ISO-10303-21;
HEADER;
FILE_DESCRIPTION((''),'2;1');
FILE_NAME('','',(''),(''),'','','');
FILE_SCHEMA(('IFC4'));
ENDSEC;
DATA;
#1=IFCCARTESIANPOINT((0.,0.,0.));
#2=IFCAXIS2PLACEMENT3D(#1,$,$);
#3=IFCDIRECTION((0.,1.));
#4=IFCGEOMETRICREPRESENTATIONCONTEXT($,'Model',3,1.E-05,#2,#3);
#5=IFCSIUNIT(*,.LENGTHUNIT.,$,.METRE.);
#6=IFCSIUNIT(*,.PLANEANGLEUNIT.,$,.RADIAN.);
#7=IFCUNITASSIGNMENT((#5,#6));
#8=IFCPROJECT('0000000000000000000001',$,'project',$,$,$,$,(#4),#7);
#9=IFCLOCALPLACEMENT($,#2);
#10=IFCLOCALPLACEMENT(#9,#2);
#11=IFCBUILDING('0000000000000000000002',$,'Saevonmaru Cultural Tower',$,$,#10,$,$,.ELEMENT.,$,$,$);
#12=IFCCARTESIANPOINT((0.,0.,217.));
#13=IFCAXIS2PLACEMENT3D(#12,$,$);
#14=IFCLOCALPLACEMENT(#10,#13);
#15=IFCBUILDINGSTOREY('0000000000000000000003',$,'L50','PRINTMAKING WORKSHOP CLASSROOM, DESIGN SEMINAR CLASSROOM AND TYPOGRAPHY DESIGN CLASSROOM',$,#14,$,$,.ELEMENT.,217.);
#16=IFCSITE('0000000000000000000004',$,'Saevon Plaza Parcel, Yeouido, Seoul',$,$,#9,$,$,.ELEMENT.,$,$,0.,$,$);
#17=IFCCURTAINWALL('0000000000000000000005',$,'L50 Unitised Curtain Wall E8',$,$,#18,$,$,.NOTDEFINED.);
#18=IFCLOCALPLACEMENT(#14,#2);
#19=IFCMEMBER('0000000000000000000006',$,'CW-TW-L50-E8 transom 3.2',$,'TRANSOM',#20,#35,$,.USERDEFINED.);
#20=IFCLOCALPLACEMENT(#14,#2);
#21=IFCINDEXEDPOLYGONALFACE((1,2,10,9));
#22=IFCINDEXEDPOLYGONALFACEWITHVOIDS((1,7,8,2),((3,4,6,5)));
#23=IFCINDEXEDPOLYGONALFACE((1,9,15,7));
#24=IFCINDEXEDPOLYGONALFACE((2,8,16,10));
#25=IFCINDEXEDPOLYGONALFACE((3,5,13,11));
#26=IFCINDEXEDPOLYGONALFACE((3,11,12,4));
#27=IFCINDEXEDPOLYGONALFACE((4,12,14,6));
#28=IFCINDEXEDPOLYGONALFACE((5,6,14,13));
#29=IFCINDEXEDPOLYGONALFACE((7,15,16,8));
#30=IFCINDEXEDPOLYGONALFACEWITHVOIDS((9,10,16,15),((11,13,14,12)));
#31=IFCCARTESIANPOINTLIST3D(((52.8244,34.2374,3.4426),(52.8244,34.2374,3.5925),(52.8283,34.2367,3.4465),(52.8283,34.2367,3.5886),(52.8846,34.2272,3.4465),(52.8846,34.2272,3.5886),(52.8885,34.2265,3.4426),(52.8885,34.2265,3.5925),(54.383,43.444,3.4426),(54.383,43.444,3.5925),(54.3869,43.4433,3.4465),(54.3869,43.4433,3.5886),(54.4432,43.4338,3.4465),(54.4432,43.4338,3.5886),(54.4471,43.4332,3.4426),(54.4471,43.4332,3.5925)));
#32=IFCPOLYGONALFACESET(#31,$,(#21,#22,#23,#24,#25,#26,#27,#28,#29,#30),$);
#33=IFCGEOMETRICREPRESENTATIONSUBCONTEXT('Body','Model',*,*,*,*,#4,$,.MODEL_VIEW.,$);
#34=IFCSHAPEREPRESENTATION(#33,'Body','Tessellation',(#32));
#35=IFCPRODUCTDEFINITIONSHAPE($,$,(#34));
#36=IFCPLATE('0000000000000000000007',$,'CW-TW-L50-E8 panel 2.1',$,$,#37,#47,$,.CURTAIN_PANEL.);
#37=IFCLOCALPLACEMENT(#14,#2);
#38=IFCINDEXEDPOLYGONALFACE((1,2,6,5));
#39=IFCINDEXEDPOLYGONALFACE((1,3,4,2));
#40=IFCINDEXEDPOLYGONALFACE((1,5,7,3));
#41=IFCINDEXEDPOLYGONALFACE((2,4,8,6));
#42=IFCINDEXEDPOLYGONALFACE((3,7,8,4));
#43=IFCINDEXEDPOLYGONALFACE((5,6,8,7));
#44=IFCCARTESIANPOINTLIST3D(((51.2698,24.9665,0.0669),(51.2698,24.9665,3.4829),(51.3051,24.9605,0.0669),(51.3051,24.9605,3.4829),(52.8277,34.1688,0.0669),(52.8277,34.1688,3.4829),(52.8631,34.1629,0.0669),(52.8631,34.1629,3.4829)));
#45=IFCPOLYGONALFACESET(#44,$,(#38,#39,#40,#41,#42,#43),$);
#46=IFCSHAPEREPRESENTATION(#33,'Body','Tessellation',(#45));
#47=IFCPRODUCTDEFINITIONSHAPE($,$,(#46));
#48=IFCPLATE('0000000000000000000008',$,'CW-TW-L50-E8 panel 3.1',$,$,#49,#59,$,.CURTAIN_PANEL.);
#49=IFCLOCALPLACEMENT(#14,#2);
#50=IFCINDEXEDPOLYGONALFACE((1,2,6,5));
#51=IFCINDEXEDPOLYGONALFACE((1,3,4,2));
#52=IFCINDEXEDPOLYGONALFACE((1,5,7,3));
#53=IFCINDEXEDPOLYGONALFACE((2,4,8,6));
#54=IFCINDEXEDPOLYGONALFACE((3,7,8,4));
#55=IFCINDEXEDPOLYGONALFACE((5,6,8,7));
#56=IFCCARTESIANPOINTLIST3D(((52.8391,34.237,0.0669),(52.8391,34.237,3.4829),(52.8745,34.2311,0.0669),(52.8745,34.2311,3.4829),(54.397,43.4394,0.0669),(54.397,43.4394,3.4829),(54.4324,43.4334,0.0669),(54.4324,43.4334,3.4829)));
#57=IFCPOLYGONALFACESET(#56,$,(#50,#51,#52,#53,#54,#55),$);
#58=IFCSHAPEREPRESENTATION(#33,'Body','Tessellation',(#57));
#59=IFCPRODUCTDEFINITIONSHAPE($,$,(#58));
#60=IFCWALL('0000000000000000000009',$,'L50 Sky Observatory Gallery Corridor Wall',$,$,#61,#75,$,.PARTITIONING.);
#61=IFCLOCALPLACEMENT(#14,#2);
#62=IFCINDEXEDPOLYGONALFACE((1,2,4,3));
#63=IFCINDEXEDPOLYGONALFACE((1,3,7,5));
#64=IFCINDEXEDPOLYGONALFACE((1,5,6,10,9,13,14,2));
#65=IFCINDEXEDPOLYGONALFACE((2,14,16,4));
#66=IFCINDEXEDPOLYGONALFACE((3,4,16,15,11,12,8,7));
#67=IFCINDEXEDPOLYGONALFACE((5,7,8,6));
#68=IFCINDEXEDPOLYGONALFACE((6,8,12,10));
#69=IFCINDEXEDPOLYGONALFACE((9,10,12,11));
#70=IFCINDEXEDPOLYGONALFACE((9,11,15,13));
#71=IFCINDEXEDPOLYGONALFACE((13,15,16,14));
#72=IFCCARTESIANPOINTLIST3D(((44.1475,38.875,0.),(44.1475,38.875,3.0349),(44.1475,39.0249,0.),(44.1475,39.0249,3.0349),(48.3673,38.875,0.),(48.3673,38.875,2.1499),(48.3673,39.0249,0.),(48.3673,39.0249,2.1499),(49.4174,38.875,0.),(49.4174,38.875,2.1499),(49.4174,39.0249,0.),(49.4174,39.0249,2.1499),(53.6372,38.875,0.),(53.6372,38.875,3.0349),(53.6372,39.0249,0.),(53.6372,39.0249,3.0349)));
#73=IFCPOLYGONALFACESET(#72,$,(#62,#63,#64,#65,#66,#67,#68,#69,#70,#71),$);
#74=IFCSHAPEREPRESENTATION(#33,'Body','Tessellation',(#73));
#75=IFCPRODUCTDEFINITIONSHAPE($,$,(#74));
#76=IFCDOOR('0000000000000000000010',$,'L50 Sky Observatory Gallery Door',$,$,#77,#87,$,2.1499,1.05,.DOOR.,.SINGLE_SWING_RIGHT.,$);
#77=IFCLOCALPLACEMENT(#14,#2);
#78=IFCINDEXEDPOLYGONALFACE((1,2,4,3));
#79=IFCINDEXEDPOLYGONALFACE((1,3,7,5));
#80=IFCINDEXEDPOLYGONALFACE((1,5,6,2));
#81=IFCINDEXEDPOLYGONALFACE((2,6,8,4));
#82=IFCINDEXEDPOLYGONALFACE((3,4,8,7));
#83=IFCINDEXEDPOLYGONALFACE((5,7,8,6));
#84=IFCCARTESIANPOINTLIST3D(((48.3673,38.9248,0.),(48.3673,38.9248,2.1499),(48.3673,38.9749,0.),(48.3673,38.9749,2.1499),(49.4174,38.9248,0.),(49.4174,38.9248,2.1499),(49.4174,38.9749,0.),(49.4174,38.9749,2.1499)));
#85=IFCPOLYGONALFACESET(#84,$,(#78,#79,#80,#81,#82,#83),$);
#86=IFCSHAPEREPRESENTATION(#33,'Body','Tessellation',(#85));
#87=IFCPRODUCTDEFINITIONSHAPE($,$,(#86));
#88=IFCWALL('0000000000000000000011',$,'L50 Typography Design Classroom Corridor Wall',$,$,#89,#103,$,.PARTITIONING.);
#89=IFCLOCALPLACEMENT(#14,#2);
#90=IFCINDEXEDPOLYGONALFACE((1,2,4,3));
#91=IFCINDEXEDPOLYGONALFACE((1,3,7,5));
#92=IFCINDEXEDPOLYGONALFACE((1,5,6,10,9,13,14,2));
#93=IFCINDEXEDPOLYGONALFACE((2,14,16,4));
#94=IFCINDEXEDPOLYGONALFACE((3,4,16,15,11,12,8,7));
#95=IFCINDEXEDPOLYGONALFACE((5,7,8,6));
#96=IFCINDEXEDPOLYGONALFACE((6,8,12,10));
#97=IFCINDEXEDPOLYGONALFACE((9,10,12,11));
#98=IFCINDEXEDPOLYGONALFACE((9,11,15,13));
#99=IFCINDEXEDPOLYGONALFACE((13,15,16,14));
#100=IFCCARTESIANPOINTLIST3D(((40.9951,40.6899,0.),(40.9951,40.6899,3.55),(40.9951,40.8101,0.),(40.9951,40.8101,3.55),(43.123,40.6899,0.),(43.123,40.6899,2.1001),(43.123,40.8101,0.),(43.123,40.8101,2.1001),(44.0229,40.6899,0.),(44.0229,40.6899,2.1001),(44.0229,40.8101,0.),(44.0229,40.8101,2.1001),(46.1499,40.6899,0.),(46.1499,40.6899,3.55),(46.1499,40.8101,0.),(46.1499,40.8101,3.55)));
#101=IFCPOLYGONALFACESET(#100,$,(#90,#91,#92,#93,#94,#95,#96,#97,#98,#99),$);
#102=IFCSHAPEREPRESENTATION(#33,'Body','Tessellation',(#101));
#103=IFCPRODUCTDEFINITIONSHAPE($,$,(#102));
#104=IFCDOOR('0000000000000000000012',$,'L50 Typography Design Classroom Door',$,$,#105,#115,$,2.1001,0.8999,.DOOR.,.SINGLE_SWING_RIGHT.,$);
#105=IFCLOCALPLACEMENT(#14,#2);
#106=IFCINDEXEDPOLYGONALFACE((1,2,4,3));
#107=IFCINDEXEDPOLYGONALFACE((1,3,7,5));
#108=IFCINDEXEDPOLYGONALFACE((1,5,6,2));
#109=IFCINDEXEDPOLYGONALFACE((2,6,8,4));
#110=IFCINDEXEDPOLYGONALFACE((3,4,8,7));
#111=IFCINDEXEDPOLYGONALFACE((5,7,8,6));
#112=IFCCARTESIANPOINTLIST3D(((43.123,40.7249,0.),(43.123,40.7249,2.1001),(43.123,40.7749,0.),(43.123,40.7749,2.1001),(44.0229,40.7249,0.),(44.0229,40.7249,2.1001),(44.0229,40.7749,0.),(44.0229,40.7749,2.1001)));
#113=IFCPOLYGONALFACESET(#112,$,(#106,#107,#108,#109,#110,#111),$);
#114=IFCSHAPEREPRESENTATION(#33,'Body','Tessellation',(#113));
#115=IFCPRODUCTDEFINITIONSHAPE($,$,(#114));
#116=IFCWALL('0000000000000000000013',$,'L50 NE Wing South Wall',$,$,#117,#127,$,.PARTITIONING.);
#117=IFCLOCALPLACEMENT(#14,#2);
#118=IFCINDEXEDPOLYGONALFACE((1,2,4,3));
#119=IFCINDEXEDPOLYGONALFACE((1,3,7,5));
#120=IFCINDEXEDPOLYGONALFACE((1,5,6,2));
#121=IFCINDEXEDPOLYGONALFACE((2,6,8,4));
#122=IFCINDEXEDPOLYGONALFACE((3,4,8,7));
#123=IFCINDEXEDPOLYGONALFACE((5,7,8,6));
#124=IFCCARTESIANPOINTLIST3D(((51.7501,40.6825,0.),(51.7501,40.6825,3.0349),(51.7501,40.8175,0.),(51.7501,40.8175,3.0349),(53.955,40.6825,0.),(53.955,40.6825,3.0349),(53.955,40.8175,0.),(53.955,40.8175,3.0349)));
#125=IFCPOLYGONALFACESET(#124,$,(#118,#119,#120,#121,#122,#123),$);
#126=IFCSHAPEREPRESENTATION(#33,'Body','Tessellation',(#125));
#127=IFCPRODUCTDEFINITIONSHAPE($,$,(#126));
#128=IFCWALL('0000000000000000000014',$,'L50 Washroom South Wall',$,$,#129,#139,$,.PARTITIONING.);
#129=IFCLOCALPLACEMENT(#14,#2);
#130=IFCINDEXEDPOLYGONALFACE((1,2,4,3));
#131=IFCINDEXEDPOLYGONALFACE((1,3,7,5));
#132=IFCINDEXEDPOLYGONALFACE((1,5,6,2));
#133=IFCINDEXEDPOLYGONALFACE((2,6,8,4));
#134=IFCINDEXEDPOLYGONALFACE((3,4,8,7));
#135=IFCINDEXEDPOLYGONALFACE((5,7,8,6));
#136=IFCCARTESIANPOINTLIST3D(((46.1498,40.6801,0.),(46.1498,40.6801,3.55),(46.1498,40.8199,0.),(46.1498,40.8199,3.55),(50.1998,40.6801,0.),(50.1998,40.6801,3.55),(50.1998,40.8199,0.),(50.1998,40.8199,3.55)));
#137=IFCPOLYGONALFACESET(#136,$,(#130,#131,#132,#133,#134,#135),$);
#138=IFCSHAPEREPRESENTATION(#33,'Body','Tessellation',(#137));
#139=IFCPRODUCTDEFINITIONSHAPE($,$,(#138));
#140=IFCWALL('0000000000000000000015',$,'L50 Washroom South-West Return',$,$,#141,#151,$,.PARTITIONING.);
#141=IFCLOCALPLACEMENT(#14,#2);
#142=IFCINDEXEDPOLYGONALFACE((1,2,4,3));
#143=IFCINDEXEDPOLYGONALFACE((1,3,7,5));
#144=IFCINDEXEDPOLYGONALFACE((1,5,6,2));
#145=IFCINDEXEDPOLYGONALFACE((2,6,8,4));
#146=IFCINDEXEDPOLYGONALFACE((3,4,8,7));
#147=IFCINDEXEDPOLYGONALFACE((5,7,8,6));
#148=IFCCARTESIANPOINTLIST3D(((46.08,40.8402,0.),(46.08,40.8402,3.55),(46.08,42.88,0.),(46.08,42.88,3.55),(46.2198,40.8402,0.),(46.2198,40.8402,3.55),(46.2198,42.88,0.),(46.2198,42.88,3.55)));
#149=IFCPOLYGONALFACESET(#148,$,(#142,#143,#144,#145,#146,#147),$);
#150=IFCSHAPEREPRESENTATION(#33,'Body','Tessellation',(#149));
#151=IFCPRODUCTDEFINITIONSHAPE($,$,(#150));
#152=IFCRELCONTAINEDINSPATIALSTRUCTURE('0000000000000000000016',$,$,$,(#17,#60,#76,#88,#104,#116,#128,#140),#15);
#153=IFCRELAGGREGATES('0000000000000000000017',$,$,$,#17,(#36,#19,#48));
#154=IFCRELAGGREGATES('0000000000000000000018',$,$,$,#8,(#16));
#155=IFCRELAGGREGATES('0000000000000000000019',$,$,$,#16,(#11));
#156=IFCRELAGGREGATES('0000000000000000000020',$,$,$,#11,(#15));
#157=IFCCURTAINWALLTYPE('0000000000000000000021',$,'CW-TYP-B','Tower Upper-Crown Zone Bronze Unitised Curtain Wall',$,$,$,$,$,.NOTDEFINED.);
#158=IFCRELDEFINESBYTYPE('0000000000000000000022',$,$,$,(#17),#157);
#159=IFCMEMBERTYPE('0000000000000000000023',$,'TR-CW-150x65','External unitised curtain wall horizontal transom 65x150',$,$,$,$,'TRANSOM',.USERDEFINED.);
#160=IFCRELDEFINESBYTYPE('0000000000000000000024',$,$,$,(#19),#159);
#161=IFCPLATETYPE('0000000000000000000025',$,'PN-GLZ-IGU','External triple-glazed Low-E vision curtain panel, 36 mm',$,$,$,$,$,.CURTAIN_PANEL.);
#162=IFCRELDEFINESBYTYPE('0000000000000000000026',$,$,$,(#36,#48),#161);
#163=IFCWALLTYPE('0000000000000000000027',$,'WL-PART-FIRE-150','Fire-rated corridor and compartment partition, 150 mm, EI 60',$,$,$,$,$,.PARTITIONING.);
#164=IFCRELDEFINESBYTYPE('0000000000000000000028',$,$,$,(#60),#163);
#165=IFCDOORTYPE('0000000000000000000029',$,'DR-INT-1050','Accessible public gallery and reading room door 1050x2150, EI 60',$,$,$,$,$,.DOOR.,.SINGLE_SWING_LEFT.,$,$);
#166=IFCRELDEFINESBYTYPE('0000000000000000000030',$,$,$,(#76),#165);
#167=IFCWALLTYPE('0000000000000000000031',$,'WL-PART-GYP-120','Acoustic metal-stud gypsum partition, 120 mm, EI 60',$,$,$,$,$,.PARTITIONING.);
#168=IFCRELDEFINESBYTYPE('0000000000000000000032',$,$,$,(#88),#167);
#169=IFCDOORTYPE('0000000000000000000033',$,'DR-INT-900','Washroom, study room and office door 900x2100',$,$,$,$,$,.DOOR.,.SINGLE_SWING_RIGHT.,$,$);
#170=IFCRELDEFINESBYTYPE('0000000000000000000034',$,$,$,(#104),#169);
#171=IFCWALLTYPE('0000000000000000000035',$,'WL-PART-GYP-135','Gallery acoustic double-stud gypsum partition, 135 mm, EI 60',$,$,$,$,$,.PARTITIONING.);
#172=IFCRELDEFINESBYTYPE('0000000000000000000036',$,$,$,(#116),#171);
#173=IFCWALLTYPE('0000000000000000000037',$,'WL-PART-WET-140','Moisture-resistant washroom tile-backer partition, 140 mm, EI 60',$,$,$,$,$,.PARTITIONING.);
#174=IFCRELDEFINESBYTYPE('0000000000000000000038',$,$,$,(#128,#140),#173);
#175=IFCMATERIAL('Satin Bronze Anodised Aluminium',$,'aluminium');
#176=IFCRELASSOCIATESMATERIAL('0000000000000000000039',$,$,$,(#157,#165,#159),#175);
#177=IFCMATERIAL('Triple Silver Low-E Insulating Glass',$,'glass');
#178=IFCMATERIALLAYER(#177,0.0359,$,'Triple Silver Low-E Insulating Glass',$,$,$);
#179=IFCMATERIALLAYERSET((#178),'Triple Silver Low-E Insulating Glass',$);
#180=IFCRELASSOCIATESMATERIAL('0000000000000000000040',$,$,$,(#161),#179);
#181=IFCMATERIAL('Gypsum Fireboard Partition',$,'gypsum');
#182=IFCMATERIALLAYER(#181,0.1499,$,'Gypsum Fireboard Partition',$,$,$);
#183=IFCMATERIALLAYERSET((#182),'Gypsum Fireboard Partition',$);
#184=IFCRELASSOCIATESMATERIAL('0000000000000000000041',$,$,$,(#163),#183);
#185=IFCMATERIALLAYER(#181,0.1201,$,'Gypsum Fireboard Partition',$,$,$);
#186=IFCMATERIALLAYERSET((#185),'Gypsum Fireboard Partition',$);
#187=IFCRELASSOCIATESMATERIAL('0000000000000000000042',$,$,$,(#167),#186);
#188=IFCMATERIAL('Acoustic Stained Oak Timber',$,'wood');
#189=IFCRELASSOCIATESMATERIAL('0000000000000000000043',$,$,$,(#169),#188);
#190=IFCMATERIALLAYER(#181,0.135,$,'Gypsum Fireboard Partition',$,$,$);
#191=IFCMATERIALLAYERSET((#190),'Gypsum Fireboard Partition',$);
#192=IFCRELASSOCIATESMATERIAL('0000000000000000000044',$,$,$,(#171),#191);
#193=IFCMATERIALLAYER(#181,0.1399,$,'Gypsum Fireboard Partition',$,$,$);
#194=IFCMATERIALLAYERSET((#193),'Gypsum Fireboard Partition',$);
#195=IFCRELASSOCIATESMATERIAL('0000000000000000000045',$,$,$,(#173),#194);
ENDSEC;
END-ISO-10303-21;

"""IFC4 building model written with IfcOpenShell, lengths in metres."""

from ifc_helpers import new_model, si_unit, direction, frame, frame_2d, origin, origin_2d, place, context, subcontext, project, spatial, rectangle, hollow_rectangle, extrude, material, layer, layer_set, material_profile, profile_set, type_object, element, fill, aggregate, save


model = new_model("IFC4")

# Units and contexts
model_context = context("Model", 3, precision=1e-05, world=origin(), true_north=direction((0.0, 1.0)))
body_context = subcontext(model_context, "Body", "Model", "MODEL_VIEW")
ifc_project = project(units=[si_unit("LENGTHUNIT", "METRE"), si_unit("PLANEANGLEUNIT", "RADIAN")], contexts=[model_context])

# Site, building, storey
site_placement = place(None, origin())
site = spatial("IfcSite", under=ifc_project, at=site_placement, Name="Saevon Plaza Parcel, Yeouido, Seoul", CompositionType="ELEMENT", RefElevation=0.0)
building_placement = place(site_placement, origin())
building = spatial("IfcBuilding", under=site, at=building_placement, Name="Saevonmaru Cultural Tower", CompositionType="ELEMENT")
storey_placement = place(building_placement, frame((0.0, 0.0, 217.0)))
storey = spatial("IfcBuildingStorey", under=building, at=storey_placement, Name="L50", Description="PRINTMAKING WORKSHOP CLASSROOM, DESIGN SEMINAR CLASSROOM AND TYPOGRAPHY DESIGN CLASSROOM", CompositionType="ELEMENT", Elevation=217.0)

# Curtain wall, member, plates
ifc_material_1 = material(Name="Satin Bronze Anodised Aluminium", Category="aluminium")
curtain_wall_type = type_object("IfcCurtainWallType", Name="CW-TYP-B", Description="Tower Upper-Crown Zone Bronze Unitised Curtain Wall", PredefinedType="NOTDEFINED", material=ifc_material_1)
curtain_wall_placement = place(storey_placement, origin())
curtain_wall = element("IfcCurtainWall", 1, at=curtain_wall_placement, inside=storey, type_object=curtain_wall_type, Name="L50 Unitised Curtain Wall E8", PredefinedType="NOTDEFINED")
ifc_material_profile_1 = material_profile(ifc_material_1, hollow_rectangle(XDim=0.0649, YDim=0.1499, WallThickness=0.0039, at=origin_2d()), Name="ALU-TRAN-150x65x4")
ifc_profile_set_1 = profile_set([ifc_material_profile_1], Name="Satin Bronze Anodised Aluminium")
member_type_1 = type_object("IfcMemberType", Name="TR-CW-150x65", Description="External unitised curtain wall horizontal transom 65x150", ElementType="TRANSOM", PredefinedType="USERDEFINED", material=ifc_profile_set_1)
member_1_placement = place(storey_placement, frame((52.8564, 34.2319, 3.5176), z_axis=(0.166917, 0.985971, 0.0), x_axis=(-0.985971, 0.166917, 0.0)))
member_1 = element("IfcMember", 2, at=member_1_placement, type_object=member_type_1, Name="CW-TW-L50-E8 transom 3.2", ObjectType="TRANSOM", PredefinedType="USERDEFINED", context=body_context, shape_type="SweptSolid", body=[
    extrude(hollow_rectangle(XDim=0.0649, YDim=0.1499, WallThickness=0.0039, at=origin_2d()), origin(), (0.0, 0.0, 1.0), 9.3376),
])
ifc_material_2 = material(Name="Triple Silver Low-E Insulating Glass", Category="glass")
ifc_layer_1 = layer(ifc_material_2, 0.0359, Name="Triple Silver Low-E Insulating Glass")
ifc_layer_set_1 = layer_set([ifc_layer_1], Name="Triple Silver Low-E Insulating Glass")
plate_type = type_object("IfcPlateType", Name="PN-GLZ-IGU", Description="External triple-glazed Low-E vision curtain panel, 36 mm", PredefinedType="CURTAIN_PANEL", material=ifc_layer_set_1)
plate_1_placement = place(storey_placement, frame((52.0664, 29.5647, 0.0669), z_axis=(0.0, 0.0, 1.0), x_axis=(0.166922, 0.98597, 0.0)))
plate_1 = element("IfcPlate", 3, at=plate_1_placement, type_object=plate_type, Name="CW-TW-L50-E8 panel 2.1", PredefinedType="CURTAIN_PANEL", context=body_context, shape_type="SweptSolid", body=[
    extrude(rectangle(XDim=9.3333, YDim=0.0359, at=origin_2d()), origin(), (0.0, 0.0, 1.0), 3.416),
])
plate_2_placement = place(storey_placement, frame((53.6357, 38.8352, 0.0669), z_axis=(0.0, 0.0, 1.0), x_axis=(0.166922, 0.98597, 0.0)))
plate_2 = element("IfcPlate", 4, at=plate_2_placement, type_object=plate_type, Name="CW-TW-L50-E8 panel 3.1", PredefinedType="CURTAIN_PANEL", context=body_context, shape_type="SweptSolid", body=[
    extrude(rectangle(XDim=9.3333, YDim=0.0359, at=origin_2d()), origin(), (0.0, 0.0, 1.0), 3.416),
])
aggregate(curtain_wall, [plate_1, member_1, plate_2])

# Walls, openings, doors
ifc_material_3 = material(Name="Gypsum Fireboard Partition", Category="gypsum")
ifc_layer_2 = layer(ifc_material_3, 0.1499, Name="Gypsum Fireboard Partition")
ifc_layer_set_2 = layer_set([ifc_layer_2], Name="Gypsum Fireboard Partition")
wall_type_1 = type_object("IfcWallType", Name="WL-PART-FIRE-150", Description="Fire-rated corridor and compartment partition, 150 mm, EI 60", PredefinedType="PARTITIONING", material=ifc_layer_set_2)
door_type_1 = type_object("IfcDoorType", Name="DR-INT-1050", Description="Accessible public gallery and reading room door 1050x2150, EI 60", OperationType="SINGLE_SWING_LEFT", PredefinedType="DOOR", material=ifc_material_1)
wall_1_placement = place(storey_placement, frame((44.1475, 38.95, 0.0), z_axis=(0.0, 0.0, 1.0), x_axis=(1.0, 0.0, 0.0)))
wall_1 = element("IfcWall", 5, at=wall_1_placement, inside=storey, type_object=wall_type_1, Name="L50 Sky Observatory Gallery Corridor Wall", PredefinedType="PARTITIONING", context=body_context, shape_type="SweptSolid", body=[
    extrude(rectangle(XDim=9.4897, YDim=0.1499, at=frame_2d((4.7449, 0.0))), origin(), (0.0, 0.0, 1.0), 3.0349),
])
opening_1_placement = place(wall_1_placement, frame((4.22, 0.0, 0.0)))
opening_1 = element("IfcOpeningElement", 6, at=opening_1_placement, cuts=wall_1, PredefinedType="OPENING", context=body_context, shape_type="SweptSolid", body=[
    extrude(rectangle(XDim=1.05, YDim=2.1499, at=frame_2d((0.5249, 1.075))), frame((0.0, 0.085, 0.0), z_axis=(0.0, -1.0, 0.0), x_axis=(1.0, 0.0, 0.0)), (0.0, 0.0, 1.0), 0.1699),
])
door_1_placement = place(opening_1_placement, origin())
door_1 = element("IfcDoor", 7, at=door_1_placement, inside=storey, type_object=door_type_1, Name="L50 Sky Observatory Gallery Door", OperationType="SINGLE_SWING_RIGHT", OverallHeight=2.1499, OverallWidth=1.05, PredefinedType="DOOR", context=body_context, shape_type="SweptSolid", body=[
    extrude(rectangle(XDim=1.05, YDim=2.1499, at=frame_2d((0.5249, 1.075))), frame((0.0, 0.0249, 0.0), z_axis=(0.0, -1.0, 0.0), x_axis=(1.0, 0.0, 0.0)), (0.0, 0.0, 1.0), 0.05),
])
fill(opening_1, door_1)
ifc_layer_3 = layer(ifc_material_3, 0.1201, Name="Gypsum Fireboard Partition")
ifc_layer_set_3 = layer_set([ifc_layer_3], Name="Gypsum Fireboard Partition")
wall_type_2 = type_object("IfcWallType", Name="WL-PART-GYP-120", Description="Acoustic metal-stud gypsum partition, 120 mm, EI 60", PredefinedType="PARTITIONING", material=ifc_layer_set_3)
wall_2_placement = place(storey_placement, frame((40.9951, 40.75, 0.0), z_axis=(0.0, 0.0, 1.0), x_axis=(1.0, 0.0, 0.0)))
wall_2 = element("IfcWall", 8, at=wall_2_placement, inside=storey, type_object=wall_type_2, Name="L50 Typography Design Classroom Corridor Wall", PredefinedType="PARTITIONING", context=body_context, shape_type="SweptSolid", body=[
    extrude(rectangle(XDim=5.1548, YDim=0.1201, at=frame_2d((2.5774, 0.0))), origin(), (0.0, 0.0, 1.0), 3.55),
])
opening_2_placement = place(wall_2_placement, frame((2.1279, 0.0, 0.0)))
opening_2 = element("IfcOpeningElement", 9, at=opening_2_placement, cuts=wall_2, PredefinedType="OPENING", context=body_context, shape_type="SweptSolid", body=[
    extrude(rectangle(XDim=0.8999, YDim=2.1001, at=frame_2d((0.45, 1.05))), frame((0.0, 0.0701, 0.0), z_axis=(0.0, -1.0, 0.0), x_axis=(1.0, 0.0, 0.0)), (0.0, 0.0, 1.0), 0.1401),
])
ifc_material_4 = material(Name="Acoustic Stained Oak Timber", Category="wood")
door_type_2 = type_object("IfcDoorType", Name="DR-INT-900", Description="Washroom, study room and office door 900x2100", OperationType="SINGLE_SWING_RIGHT", PredefinedType="DOOR", material=ifc_material_4)
door_2_placement = place(opening_2_placement, origin())
door_2 = element("IfcDoor", 10, at=door_2_placement, inside=storey, type_object=door_type_2, Name="L50 Typography Design Classroom Door", OperationType="SINGLE_SWING_RIGHT", OverallHeight=2.1001, OverallWidth=0.8999, PredefinedType="DOOR", context=body_context, shape_type="SweptSolid", body=[
    extrude(rectangle(XDim=0.8999, YDim=2.1001, at=frame_2d((0.45, 1.05))), frame((0.0, 0.0249, 0.0), z_axis=(0.0, -1.0, 0.0), x_axis=(1.0, 0.0, 0.0)), (0.0, 0.0, 1.0), 0.05),
])
fill(opening_2, door_2)

# Walls
ifc_layer_4 = layer(ifc_material_3, 0.135, Name="Gypsum Fireboard Partition")
ifc_layer_set_4 = layer_set([ifc_layer_4], Name="Gypsum Fireboard Partition")
wall_type_3 = type_object("IfcWallType", Name="WL-PART-GYP-135", Description="Gallery acoustic double-stud gypsum partition, 135 mm, EI 60", PredefinedType="PARTITIONING", material=ifc_layer_set_4)
wall_3_placement = place(storey_placement, frame((51.75, 40.75, 0.0), z_axis=(0.0, 0.0, 1.0), x_axis=(1.0, 0.0, 0.0)))
element("IfcWall", 11, at=wall_3_placement, inside=storey, type_object=wall_type_3, Name="L50 NE Wing South Wall", PredefinedType="PARTITIONING", context=body_context, shape_type="SweptSolid", body=[
    extrude(rectangle(XDim=2.2048, YDim=0.135, at=frame_2d((1.1025, 0.0))), origin(), (0.0, 0.0, 1.0), 3.0349),
])
ifc_layer_5 = layer(ifc_material_3, 0.1399, Name="Gypsum Fireboard Partition")
ifc_layer_set_5 = layer_set([ifc_layer_5], Name="Gypsum Fireboard Partition")
wall_type_4 = type_object("IfcWallType", Name="WL-PART-WET-140", Description="Moisture-resistant washroom tile-backer partition, 140 mm, EI 60", PredefinedType="PARTITIONING", material=ifc_layer_set_5)
wall_4_placement = place(storey_placement, frame((46.1499, 40.75, 0.0), z_axis=(0.0, 0.0, 1.0), x_axis=(1.0, 0.0, 0.0)))
element("IfcWall", 12, at=wall_4_placement, inside=storey, type_object=wall_type_4, Name="L50 Washroom South Wall", PredefinedType="PARTITIONING", context=body_context, shape_type="SweptSolid", body=[
    extrude(rectangle(XDim=4.05, YDim=0.1399, at=frame_2d((2.0249, 0.0))), origin(), (0.0, 0.0, 1.0), 3.55),
])
wall_5_placement = place(storey_placement, frame((46.1499, 40.8401, 0.0), z_axis=(0.0, 0.0, 1.0), x_axis=(0.0, 1.0, 0.0)))
element("IfcWall", 13, at=wall_5_placement, inside=storey, type_object=wall_type_4, Name="L50 Washroom South-West Return", PredefinedType="PARTITIONING", context=body_context, shape_type="SweptSolid", body=[
    extrude(rectangle(XDim=2.0398, YDim=0.1399, at=frame_2d((1.02, 0.0))), origin(), (0.0, 0.0, 1.0), 3.55),
])

save(model, "model.ifc")
